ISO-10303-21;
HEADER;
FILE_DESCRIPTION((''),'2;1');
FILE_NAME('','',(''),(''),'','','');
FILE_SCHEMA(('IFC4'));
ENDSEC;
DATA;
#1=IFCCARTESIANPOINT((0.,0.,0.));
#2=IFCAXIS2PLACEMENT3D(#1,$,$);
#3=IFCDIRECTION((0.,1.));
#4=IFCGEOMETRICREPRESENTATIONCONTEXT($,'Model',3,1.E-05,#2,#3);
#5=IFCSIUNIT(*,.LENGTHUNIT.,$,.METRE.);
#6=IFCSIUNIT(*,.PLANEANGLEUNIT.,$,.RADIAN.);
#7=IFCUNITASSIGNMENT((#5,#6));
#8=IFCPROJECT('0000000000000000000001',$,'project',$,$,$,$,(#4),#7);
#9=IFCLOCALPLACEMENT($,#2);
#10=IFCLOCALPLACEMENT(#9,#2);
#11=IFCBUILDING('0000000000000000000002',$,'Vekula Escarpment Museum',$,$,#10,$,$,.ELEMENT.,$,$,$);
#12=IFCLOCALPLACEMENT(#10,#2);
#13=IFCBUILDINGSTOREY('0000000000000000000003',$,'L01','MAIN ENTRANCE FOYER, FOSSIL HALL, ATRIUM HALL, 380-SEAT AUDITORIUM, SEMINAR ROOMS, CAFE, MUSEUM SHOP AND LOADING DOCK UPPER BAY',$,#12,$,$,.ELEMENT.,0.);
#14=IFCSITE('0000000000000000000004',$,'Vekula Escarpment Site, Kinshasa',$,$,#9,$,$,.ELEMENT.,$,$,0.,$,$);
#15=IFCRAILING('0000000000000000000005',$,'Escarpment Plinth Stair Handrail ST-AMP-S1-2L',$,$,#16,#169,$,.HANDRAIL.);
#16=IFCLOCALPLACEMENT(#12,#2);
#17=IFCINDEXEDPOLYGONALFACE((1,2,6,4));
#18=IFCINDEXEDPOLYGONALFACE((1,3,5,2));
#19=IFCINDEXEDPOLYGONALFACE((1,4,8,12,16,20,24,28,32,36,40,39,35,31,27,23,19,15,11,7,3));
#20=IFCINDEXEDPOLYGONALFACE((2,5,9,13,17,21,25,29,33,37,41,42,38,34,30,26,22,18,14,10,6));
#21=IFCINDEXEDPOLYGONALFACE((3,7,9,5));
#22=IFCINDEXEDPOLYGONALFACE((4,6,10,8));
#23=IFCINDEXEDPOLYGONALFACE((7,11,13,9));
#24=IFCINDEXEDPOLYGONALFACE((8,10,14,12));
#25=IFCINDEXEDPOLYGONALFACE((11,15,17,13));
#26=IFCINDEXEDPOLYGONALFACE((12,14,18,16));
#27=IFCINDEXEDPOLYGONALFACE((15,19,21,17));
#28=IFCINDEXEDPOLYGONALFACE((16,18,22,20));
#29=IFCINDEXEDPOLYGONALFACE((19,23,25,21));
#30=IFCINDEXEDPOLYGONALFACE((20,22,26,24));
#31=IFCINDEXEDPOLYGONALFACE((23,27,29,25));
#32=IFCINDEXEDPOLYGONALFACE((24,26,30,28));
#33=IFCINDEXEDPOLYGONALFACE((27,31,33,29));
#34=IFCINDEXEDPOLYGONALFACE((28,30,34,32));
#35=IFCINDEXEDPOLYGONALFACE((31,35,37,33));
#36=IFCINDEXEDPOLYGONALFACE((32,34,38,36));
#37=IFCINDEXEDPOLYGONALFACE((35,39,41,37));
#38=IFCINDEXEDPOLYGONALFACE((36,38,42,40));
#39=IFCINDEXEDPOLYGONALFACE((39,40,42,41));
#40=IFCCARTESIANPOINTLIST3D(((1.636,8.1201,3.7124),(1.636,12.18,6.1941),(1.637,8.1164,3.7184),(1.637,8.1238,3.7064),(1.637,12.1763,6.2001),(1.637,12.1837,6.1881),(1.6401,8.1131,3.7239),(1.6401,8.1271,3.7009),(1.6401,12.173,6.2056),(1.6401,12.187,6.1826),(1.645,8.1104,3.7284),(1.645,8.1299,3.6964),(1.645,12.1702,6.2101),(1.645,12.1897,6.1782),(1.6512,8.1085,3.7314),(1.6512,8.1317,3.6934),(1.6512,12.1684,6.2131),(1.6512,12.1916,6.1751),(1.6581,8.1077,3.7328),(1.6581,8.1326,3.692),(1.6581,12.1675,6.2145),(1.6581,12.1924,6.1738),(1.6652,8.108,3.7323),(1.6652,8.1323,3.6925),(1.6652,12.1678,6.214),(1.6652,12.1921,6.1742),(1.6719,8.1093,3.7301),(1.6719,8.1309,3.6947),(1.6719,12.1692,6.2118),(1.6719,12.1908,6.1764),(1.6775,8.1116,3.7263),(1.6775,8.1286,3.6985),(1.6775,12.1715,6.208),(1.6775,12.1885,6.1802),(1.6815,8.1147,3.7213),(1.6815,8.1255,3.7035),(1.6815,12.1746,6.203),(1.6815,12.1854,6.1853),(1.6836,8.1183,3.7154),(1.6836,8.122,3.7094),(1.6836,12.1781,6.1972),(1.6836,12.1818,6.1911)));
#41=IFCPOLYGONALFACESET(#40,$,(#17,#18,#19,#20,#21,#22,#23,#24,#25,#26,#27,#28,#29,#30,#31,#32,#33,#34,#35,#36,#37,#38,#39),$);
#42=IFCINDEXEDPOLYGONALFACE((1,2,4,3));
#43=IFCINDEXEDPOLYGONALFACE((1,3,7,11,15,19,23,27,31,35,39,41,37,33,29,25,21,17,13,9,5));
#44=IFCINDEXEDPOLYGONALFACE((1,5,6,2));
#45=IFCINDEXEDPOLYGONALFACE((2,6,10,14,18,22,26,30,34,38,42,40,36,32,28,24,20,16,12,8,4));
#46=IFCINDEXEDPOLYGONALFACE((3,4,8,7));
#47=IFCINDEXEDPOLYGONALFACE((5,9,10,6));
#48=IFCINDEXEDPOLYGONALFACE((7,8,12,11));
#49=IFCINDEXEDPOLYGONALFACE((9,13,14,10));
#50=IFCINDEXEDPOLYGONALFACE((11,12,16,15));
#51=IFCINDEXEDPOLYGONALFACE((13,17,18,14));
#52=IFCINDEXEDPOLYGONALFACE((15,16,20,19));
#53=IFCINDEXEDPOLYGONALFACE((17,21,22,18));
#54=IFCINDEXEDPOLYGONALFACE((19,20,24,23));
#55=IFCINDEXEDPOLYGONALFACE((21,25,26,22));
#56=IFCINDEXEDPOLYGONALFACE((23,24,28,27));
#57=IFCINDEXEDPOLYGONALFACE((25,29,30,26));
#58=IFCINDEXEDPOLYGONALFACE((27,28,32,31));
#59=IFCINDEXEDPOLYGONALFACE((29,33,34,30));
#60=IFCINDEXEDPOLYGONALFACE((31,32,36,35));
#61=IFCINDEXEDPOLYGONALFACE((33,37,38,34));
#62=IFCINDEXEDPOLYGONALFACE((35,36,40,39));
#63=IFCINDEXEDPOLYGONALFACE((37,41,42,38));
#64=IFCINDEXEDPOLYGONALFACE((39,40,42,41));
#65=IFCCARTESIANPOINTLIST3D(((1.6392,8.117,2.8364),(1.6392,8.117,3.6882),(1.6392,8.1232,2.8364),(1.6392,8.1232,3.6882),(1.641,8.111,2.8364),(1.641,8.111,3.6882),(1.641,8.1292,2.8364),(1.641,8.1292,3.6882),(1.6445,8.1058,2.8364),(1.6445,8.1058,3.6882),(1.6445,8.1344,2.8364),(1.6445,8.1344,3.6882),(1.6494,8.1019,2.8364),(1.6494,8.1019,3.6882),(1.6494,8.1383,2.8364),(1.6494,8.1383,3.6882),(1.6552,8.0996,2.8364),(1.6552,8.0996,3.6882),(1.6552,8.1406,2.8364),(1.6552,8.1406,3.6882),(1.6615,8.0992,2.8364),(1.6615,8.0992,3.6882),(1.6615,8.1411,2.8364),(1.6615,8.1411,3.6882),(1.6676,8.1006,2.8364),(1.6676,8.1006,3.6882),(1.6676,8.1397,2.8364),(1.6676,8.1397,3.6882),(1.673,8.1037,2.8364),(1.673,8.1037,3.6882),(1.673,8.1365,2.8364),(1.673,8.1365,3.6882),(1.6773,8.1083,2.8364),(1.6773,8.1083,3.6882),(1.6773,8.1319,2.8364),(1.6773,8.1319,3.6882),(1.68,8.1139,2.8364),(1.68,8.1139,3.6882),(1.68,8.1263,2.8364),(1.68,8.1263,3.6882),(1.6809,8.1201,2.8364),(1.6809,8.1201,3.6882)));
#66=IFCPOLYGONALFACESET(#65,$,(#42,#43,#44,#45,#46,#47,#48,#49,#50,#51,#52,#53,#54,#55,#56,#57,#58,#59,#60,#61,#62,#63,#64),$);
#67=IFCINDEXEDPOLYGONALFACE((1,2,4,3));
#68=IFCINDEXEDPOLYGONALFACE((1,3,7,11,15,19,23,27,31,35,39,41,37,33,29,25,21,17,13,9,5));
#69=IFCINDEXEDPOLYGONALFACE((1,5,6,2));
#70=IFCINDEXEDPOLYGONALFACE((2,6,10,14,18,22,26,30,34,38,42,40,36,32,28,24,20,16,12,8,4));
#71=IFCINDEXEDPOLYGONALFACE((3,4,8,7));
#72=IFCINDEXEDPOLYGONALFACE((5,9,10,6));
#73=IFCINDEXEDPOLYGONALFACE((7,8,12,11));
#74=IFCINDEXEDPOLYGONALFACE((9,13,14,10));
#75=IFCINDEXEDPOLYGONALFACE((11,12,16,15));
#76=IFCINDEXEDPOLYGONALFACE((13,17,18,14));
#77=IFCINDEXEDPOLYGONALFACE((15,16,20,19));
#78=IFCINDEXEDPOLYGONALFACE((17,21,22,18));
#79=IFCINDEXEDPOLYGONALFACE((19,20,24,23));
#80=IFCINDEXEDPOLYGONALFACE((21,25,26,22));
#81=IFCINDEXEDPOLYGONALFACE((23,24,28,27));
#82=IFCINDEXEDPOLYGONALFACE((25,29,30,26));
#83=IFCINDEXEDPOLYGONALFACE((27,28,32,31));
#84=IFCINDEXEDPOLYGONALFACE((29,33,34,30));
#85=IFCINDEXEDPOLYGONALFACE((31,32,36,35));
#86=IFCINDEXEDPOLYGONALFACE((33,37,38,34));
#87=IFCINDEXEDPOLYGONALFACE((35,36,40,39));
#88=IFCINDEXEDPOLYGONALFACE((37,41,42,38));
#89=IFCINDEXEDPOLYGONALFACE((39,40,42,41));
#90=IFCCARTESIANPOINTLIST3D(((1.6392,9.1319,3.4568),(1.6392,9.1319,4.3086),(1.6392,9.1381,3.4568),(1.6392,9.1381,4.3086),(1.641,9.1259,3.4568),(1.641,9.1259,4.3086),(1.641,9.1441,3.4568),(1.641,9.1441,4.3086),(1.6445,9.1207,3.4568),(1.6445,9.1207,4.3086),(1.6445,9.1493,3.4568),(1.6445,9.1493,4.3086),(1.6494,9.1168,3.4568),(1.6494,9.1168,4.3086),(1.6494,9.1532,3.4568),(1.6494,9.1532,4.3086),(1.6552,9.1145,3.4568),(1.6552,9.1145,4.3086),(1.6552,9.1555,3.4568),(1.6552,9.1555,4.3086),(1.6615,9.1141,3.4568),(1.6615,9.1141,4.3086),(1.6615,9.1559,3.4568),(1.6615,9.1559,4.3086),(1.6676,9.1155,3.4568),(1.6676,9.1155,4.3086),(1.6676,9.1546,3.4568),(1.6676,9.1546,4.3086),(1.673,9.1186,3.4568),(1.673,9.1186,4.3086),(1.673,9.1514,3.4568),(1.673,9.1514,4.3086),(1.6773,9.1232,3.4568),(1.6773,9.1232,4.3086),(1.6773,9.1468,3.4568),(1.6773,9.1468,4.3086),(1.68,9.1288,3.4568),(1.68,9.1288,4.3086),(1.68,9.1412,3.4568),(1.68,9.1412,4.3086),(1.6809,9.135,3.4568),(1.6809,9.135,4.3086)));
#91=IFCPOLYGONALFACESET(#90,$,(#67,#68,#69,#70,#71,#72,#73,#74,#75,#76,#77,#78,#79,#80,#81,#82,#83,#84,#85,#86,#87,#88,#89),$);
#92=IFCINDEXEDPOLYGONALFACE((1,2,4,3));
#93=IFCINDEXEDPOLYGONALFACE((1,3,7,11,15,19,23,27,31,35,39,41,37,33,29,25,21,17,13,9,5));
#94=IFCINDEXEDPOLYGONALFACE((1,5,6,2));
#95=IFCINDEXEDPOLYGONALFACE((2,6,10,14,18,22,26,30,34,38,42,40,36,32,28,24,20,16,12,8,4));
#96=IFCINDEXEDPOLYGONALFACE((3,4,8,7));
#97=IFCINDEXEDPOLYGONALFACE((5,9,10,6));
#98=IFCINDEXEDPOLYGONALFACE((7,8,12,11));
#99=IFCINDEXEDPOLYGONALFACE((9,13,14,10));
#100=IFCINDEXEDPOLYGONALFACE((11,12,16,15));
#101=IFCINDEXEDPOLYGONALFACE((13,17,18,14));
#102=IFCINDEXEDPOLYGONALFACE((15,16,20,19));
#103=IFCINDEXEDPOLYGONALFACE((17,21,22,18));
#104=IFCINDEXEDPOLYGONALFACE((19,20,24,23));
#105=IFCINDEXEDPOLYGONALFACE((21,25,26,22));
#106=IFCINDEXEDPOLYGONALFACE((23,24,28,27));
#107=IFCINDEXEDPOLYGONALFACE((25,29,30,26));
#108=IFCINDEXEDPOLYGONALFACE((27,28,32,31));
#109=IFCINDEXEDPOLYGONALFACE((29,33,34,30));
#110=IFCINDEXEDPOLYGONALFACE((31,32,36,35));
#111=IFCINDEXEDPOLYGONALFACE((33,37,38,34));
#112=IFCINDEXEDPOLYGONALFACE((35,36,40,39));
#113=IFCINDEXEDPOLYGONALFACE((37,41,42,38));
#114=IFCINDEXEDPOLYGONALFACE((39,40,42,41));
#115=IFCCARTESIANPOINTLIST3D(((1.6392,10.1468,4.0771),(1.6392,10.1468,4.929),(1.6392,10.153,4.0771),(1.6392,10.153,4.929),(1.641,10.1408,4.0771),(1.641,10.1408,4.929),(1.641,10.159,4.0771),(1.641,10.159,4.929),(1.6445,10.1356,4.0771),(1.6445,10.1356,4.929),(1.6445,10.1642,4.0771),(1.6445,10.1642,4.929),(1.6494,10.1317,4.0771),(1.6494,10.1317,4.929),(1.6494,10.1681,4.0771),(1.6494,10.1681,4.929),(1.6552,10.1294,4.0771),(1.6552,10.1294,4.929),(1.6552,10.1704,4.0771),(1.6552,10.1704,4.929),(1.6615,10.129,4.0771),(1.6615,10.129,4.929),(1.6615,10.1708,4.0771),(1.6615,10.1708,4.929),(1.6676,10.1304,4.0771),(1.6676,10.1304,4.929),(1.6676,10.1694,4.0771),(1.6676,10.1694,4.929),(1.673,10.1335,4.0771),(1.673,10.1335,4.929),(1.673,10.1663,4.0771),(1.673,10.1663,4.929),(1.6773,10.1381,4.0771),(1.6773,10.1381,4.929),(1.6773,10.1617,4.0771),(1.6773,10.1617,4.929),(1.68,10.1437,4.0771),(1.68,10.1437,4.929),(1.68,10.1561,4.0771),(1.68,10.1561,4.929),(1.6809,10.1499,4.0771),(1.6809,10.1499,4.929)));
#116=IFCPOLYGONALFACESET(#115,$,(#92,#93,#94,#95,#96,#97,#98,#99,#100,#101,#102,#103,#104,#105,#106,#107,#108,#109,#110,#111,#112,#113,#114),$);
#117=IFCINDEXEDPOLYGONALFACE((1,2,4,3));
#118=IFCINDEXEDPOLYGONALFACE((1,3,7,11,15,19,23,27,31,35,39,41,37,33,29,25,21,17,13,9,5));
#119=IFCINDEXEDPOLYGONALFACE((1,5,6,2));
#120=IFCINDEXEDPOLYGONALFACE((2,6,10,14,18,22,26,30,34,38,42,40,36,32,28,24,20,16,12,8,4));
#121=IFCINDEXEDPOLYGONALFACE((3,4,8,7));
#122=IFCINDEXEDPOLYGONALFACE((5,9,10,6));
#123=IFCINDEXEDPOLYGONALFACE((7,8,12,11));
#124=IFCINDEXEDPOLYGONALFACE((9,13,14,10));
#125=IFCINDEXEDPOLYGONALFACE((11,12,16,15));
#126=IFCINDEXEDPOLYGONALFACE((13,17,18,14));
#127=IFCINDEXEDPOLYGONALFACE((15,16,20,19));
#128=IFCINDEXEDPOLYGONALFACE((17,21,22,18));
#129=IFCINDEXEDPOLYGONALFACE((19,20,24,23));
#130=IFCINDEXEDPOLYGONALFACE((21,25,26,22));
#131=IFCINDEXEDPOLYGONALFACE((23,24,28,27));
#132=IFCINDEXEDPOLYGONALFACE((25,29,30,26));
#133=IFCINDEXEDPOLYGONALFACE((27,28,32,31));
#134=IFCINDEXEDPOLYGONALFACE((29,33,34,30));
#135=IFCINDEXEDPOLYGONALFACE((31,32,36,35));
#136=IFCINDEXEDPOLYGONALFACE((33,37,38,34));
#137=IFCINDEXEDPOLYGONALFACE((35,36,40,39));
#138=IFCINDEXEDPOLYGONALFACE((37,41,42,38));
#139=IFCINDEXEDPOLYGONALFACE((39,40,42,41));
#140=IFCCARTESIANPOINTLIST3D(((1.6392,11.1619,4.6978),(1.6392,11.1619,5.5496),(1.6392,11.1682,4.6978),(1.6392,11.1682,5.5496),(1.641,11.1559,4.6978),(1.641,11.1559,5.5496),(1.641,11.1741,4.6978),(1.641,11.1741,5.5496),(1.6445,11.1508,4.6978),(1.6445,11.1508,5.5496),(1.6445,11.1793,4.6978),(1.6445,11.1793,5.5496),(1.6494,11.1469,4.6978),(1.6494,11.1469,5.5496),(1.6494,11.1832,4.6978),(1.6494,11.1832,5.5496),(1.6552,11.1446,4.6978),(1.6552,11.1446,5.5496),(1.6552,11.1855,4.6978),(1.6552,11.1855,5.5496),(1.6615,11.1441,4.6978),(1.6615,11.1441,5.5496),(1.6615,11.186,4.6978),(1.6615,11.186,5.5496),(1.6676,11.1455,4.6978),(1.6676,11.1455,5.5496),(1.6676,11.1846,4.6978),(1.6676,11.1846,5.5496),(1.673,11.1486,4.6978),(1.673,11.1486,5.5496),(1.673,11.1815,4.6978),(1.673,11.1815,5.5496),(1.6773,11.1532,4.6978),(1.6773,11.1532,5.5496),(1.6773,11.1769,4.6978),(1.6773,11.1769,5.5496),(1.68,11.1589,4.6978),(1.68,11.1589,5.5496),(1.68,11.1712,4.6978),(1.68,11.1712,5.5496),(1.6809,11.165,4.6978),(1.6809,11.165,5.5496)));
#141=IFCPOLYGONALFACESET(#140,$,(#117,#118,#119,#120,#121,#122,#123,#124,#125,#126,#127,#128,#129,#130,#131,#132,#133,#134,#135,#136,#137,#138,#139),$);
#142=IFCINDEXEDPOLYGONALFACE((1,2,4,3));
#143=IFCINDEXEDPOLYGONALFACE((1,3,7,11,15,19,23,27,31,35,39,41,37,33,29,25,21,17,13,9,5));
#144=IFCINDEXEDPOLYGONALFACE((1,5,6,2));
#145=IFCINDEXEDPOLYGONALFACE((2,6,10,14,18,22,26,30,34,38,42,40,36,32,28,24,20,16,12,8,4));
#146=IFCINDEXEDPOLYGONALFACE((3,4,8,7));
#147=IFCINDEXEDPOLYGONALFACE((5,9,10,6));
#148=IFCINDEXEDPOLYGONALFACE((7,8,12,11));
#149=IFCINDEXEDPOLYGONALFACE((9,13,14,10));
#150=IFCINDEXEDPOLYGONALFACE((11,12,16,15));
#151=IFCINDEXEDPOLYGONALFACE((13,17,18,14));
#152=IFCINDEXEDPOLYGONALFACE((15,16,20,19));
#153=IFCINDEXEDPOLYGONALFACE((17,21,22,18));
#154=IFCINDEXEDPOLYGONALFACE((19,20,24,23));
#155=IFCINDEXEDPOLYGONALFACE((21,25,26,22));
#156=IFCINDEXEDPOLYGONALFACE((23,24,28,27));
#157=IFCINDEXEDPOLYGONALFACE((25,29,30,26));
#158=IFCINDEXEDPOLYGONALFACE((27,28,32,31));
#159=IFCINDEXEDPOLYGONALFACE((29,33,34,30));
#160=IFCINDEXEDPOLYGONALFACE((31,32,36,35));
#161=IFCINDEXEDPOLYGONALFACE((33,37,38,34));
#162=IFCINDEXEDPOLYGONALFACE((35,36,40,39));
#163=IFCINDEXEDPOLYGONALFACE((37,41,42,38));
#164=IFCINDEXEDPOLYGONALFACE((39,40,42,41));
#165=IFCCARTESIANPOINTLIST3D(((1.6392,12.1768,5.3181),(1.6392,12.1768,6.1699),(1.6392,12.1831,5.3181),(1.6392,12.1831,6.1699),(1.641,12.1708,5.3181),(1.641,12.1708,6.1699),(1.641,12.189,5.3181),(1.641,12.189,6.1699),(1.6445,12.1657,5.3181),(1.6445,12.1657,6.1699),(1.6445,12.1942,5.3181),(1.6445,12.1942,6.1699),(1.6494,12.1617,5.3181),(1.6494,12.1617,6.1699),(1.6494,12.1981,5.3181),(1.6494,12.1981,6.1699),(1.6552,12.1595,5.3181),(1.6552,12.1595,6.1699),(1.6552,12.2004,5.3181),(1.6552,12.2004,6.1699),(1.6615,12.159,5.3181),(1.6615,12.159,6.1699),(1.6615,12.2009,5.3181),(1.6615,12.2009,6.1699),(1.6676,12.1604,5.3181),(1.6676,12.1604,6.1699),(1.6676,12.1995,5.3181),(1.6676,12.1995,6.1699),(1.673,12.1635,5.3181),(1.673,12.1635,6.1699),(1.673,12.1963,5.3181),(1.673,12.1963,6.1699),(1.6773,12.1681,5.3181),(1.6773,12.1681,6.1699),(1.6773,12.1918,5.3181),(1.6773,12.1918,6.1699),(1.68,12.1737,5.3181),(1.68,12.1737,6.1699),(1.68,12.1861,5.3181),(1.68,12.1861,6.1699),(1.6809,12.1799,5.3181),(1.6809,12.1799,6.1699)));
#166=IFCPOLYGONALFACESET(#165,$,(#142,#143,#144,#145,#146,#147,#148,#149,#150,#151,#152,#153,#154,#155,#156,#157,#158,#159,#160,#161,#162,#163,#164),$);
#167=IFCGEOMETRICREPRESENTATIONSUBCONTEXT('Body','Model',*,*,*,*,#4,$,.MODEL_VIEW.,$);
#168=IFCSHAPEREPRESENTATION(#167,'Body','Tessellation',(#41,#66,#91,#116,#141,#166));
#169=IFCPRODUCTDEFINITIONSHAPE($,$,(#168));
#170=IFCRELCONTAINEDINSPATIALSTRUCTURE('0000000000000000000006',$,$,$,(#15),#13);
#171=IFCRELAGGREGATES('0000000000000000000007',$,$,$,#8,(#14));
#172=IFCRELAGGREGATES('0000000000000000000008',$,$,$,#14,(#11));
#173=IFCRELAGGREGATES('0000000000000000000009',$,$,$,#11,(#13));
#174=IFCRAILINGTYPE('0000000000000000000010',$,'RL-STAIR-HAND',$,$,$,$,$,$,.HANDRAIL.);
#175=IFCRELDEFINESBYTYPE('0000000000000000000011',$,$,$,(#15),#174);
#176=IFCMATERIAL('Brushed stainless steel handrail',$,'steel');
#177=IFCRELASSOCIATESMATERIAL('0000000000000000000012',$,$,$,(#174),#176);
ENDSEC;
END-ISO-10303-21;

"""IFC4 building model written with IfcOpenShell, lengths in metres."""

from ifc_helpers import new_model, si_unit, direction, frame, origin, origin_2d, place, context, subcontext, project, spatial, circle, extrude, material, type_object, element, save


model = new_model("IFC4")

# Units and contexts
model_context = context("Model", 3, precision=1e-05, world=origin(), true_north=direction((0.0, 1.0)))
body_context = subcontext(model_context, "Body", "Model", "MODEL_VIEW")
ifc_project = project(units=[si_unit("LENGTHUNIT", "METRE"), si_unit("PLANEANGLEUNIT", "RADIAN")], contexts=[model_context])

# Site, building, storey
site_placement = place(None, origin())
site = spatial("IfcSite", under=ifc_project, at=site_placement, Name="Vekula Escarpment Site, Kinshasa", CompositionType="ELEMENT", RefElevation=0.0)
building_placement = place(site_placement, origin())
building = spatial("IfcBuilding", under=site, at=building_placement, Name="Vekula Escarpment Museum", CompositionType="ELEMENT")
storey_placement = place(building_placement, origin())
storey = spatial("IfcBuildingStorey", under=building, at=storey_placement, Name="L01", Description="MAIN ENTRANCE FOYER, FOSSIL HALL, ATRIUM HALL, 380-SEAT AUDITORIUM, SEMINAR ROOMS, CAFE, MUSEUM SHOP AND LOADING DOCK UPPER BAY", CompositionType="ELEMENT", Elevation=0.0)

# Railing
ifc_material_1 = material(Name="Brushed stainless steel handrail", Category="steel")
railing_type_1 = type_object("IfcRailingType", Name="RL-STAIR-HAND", PredefinedType="HANDRAIL", material=ifc_material_1)
railing_1_placement = place(storey_placement, frame((1.6599, 8.1201, 2.8364)))
element("IfcRailing", 1, at=railing_1_placement, inside=storey, type_object=railing_type_1, Name="Escarpment Plinth Stair Handrail ST-AMP-S1-2L", PredefinedType="HANDRAIL", context=body_context, shape_type="SweptSolid", body=[
    extrude(circle(Radius=0.0239, at=origin_2d()), frame((0.0, 0.0, 0.876), z_axis=(0.0, 0.853217, 0.521556), x_axis=(-1.0, 0.0, 0.0)), (0.0, 0.0, 1.0), 4.7583),
    extrude(circle(Radius=0.021, at=origin_2d()), origin(), (0.0, 0.0, 1.0), 0.8518),
    extrude(circle(Radius=0.021, at=origin_2d()), frame((0.0, 1.0149, 0.6204)), (0.0, 0.0, 1.0), 0.8518),
    extrude(circle(Radius=0.021, at=origin_2d()), frame((0.0, 2.0298, 1.2407)), (0.0, 0.0, 1.0), 0.8518),
    extrude(circle(Radius=0.021, at=origin_2d()), frame((0.0, 3.0449, 1.8613)), (0.0, 0.0, 1.0), 0.8518),
    extrude(circle(Radius=0.021, at=origin_2d()), frame((0.0, 4.0598, 2.4817)), (0.0, 0.0, 1.0), 0.8518),
])

save(model, "model.ifc")
